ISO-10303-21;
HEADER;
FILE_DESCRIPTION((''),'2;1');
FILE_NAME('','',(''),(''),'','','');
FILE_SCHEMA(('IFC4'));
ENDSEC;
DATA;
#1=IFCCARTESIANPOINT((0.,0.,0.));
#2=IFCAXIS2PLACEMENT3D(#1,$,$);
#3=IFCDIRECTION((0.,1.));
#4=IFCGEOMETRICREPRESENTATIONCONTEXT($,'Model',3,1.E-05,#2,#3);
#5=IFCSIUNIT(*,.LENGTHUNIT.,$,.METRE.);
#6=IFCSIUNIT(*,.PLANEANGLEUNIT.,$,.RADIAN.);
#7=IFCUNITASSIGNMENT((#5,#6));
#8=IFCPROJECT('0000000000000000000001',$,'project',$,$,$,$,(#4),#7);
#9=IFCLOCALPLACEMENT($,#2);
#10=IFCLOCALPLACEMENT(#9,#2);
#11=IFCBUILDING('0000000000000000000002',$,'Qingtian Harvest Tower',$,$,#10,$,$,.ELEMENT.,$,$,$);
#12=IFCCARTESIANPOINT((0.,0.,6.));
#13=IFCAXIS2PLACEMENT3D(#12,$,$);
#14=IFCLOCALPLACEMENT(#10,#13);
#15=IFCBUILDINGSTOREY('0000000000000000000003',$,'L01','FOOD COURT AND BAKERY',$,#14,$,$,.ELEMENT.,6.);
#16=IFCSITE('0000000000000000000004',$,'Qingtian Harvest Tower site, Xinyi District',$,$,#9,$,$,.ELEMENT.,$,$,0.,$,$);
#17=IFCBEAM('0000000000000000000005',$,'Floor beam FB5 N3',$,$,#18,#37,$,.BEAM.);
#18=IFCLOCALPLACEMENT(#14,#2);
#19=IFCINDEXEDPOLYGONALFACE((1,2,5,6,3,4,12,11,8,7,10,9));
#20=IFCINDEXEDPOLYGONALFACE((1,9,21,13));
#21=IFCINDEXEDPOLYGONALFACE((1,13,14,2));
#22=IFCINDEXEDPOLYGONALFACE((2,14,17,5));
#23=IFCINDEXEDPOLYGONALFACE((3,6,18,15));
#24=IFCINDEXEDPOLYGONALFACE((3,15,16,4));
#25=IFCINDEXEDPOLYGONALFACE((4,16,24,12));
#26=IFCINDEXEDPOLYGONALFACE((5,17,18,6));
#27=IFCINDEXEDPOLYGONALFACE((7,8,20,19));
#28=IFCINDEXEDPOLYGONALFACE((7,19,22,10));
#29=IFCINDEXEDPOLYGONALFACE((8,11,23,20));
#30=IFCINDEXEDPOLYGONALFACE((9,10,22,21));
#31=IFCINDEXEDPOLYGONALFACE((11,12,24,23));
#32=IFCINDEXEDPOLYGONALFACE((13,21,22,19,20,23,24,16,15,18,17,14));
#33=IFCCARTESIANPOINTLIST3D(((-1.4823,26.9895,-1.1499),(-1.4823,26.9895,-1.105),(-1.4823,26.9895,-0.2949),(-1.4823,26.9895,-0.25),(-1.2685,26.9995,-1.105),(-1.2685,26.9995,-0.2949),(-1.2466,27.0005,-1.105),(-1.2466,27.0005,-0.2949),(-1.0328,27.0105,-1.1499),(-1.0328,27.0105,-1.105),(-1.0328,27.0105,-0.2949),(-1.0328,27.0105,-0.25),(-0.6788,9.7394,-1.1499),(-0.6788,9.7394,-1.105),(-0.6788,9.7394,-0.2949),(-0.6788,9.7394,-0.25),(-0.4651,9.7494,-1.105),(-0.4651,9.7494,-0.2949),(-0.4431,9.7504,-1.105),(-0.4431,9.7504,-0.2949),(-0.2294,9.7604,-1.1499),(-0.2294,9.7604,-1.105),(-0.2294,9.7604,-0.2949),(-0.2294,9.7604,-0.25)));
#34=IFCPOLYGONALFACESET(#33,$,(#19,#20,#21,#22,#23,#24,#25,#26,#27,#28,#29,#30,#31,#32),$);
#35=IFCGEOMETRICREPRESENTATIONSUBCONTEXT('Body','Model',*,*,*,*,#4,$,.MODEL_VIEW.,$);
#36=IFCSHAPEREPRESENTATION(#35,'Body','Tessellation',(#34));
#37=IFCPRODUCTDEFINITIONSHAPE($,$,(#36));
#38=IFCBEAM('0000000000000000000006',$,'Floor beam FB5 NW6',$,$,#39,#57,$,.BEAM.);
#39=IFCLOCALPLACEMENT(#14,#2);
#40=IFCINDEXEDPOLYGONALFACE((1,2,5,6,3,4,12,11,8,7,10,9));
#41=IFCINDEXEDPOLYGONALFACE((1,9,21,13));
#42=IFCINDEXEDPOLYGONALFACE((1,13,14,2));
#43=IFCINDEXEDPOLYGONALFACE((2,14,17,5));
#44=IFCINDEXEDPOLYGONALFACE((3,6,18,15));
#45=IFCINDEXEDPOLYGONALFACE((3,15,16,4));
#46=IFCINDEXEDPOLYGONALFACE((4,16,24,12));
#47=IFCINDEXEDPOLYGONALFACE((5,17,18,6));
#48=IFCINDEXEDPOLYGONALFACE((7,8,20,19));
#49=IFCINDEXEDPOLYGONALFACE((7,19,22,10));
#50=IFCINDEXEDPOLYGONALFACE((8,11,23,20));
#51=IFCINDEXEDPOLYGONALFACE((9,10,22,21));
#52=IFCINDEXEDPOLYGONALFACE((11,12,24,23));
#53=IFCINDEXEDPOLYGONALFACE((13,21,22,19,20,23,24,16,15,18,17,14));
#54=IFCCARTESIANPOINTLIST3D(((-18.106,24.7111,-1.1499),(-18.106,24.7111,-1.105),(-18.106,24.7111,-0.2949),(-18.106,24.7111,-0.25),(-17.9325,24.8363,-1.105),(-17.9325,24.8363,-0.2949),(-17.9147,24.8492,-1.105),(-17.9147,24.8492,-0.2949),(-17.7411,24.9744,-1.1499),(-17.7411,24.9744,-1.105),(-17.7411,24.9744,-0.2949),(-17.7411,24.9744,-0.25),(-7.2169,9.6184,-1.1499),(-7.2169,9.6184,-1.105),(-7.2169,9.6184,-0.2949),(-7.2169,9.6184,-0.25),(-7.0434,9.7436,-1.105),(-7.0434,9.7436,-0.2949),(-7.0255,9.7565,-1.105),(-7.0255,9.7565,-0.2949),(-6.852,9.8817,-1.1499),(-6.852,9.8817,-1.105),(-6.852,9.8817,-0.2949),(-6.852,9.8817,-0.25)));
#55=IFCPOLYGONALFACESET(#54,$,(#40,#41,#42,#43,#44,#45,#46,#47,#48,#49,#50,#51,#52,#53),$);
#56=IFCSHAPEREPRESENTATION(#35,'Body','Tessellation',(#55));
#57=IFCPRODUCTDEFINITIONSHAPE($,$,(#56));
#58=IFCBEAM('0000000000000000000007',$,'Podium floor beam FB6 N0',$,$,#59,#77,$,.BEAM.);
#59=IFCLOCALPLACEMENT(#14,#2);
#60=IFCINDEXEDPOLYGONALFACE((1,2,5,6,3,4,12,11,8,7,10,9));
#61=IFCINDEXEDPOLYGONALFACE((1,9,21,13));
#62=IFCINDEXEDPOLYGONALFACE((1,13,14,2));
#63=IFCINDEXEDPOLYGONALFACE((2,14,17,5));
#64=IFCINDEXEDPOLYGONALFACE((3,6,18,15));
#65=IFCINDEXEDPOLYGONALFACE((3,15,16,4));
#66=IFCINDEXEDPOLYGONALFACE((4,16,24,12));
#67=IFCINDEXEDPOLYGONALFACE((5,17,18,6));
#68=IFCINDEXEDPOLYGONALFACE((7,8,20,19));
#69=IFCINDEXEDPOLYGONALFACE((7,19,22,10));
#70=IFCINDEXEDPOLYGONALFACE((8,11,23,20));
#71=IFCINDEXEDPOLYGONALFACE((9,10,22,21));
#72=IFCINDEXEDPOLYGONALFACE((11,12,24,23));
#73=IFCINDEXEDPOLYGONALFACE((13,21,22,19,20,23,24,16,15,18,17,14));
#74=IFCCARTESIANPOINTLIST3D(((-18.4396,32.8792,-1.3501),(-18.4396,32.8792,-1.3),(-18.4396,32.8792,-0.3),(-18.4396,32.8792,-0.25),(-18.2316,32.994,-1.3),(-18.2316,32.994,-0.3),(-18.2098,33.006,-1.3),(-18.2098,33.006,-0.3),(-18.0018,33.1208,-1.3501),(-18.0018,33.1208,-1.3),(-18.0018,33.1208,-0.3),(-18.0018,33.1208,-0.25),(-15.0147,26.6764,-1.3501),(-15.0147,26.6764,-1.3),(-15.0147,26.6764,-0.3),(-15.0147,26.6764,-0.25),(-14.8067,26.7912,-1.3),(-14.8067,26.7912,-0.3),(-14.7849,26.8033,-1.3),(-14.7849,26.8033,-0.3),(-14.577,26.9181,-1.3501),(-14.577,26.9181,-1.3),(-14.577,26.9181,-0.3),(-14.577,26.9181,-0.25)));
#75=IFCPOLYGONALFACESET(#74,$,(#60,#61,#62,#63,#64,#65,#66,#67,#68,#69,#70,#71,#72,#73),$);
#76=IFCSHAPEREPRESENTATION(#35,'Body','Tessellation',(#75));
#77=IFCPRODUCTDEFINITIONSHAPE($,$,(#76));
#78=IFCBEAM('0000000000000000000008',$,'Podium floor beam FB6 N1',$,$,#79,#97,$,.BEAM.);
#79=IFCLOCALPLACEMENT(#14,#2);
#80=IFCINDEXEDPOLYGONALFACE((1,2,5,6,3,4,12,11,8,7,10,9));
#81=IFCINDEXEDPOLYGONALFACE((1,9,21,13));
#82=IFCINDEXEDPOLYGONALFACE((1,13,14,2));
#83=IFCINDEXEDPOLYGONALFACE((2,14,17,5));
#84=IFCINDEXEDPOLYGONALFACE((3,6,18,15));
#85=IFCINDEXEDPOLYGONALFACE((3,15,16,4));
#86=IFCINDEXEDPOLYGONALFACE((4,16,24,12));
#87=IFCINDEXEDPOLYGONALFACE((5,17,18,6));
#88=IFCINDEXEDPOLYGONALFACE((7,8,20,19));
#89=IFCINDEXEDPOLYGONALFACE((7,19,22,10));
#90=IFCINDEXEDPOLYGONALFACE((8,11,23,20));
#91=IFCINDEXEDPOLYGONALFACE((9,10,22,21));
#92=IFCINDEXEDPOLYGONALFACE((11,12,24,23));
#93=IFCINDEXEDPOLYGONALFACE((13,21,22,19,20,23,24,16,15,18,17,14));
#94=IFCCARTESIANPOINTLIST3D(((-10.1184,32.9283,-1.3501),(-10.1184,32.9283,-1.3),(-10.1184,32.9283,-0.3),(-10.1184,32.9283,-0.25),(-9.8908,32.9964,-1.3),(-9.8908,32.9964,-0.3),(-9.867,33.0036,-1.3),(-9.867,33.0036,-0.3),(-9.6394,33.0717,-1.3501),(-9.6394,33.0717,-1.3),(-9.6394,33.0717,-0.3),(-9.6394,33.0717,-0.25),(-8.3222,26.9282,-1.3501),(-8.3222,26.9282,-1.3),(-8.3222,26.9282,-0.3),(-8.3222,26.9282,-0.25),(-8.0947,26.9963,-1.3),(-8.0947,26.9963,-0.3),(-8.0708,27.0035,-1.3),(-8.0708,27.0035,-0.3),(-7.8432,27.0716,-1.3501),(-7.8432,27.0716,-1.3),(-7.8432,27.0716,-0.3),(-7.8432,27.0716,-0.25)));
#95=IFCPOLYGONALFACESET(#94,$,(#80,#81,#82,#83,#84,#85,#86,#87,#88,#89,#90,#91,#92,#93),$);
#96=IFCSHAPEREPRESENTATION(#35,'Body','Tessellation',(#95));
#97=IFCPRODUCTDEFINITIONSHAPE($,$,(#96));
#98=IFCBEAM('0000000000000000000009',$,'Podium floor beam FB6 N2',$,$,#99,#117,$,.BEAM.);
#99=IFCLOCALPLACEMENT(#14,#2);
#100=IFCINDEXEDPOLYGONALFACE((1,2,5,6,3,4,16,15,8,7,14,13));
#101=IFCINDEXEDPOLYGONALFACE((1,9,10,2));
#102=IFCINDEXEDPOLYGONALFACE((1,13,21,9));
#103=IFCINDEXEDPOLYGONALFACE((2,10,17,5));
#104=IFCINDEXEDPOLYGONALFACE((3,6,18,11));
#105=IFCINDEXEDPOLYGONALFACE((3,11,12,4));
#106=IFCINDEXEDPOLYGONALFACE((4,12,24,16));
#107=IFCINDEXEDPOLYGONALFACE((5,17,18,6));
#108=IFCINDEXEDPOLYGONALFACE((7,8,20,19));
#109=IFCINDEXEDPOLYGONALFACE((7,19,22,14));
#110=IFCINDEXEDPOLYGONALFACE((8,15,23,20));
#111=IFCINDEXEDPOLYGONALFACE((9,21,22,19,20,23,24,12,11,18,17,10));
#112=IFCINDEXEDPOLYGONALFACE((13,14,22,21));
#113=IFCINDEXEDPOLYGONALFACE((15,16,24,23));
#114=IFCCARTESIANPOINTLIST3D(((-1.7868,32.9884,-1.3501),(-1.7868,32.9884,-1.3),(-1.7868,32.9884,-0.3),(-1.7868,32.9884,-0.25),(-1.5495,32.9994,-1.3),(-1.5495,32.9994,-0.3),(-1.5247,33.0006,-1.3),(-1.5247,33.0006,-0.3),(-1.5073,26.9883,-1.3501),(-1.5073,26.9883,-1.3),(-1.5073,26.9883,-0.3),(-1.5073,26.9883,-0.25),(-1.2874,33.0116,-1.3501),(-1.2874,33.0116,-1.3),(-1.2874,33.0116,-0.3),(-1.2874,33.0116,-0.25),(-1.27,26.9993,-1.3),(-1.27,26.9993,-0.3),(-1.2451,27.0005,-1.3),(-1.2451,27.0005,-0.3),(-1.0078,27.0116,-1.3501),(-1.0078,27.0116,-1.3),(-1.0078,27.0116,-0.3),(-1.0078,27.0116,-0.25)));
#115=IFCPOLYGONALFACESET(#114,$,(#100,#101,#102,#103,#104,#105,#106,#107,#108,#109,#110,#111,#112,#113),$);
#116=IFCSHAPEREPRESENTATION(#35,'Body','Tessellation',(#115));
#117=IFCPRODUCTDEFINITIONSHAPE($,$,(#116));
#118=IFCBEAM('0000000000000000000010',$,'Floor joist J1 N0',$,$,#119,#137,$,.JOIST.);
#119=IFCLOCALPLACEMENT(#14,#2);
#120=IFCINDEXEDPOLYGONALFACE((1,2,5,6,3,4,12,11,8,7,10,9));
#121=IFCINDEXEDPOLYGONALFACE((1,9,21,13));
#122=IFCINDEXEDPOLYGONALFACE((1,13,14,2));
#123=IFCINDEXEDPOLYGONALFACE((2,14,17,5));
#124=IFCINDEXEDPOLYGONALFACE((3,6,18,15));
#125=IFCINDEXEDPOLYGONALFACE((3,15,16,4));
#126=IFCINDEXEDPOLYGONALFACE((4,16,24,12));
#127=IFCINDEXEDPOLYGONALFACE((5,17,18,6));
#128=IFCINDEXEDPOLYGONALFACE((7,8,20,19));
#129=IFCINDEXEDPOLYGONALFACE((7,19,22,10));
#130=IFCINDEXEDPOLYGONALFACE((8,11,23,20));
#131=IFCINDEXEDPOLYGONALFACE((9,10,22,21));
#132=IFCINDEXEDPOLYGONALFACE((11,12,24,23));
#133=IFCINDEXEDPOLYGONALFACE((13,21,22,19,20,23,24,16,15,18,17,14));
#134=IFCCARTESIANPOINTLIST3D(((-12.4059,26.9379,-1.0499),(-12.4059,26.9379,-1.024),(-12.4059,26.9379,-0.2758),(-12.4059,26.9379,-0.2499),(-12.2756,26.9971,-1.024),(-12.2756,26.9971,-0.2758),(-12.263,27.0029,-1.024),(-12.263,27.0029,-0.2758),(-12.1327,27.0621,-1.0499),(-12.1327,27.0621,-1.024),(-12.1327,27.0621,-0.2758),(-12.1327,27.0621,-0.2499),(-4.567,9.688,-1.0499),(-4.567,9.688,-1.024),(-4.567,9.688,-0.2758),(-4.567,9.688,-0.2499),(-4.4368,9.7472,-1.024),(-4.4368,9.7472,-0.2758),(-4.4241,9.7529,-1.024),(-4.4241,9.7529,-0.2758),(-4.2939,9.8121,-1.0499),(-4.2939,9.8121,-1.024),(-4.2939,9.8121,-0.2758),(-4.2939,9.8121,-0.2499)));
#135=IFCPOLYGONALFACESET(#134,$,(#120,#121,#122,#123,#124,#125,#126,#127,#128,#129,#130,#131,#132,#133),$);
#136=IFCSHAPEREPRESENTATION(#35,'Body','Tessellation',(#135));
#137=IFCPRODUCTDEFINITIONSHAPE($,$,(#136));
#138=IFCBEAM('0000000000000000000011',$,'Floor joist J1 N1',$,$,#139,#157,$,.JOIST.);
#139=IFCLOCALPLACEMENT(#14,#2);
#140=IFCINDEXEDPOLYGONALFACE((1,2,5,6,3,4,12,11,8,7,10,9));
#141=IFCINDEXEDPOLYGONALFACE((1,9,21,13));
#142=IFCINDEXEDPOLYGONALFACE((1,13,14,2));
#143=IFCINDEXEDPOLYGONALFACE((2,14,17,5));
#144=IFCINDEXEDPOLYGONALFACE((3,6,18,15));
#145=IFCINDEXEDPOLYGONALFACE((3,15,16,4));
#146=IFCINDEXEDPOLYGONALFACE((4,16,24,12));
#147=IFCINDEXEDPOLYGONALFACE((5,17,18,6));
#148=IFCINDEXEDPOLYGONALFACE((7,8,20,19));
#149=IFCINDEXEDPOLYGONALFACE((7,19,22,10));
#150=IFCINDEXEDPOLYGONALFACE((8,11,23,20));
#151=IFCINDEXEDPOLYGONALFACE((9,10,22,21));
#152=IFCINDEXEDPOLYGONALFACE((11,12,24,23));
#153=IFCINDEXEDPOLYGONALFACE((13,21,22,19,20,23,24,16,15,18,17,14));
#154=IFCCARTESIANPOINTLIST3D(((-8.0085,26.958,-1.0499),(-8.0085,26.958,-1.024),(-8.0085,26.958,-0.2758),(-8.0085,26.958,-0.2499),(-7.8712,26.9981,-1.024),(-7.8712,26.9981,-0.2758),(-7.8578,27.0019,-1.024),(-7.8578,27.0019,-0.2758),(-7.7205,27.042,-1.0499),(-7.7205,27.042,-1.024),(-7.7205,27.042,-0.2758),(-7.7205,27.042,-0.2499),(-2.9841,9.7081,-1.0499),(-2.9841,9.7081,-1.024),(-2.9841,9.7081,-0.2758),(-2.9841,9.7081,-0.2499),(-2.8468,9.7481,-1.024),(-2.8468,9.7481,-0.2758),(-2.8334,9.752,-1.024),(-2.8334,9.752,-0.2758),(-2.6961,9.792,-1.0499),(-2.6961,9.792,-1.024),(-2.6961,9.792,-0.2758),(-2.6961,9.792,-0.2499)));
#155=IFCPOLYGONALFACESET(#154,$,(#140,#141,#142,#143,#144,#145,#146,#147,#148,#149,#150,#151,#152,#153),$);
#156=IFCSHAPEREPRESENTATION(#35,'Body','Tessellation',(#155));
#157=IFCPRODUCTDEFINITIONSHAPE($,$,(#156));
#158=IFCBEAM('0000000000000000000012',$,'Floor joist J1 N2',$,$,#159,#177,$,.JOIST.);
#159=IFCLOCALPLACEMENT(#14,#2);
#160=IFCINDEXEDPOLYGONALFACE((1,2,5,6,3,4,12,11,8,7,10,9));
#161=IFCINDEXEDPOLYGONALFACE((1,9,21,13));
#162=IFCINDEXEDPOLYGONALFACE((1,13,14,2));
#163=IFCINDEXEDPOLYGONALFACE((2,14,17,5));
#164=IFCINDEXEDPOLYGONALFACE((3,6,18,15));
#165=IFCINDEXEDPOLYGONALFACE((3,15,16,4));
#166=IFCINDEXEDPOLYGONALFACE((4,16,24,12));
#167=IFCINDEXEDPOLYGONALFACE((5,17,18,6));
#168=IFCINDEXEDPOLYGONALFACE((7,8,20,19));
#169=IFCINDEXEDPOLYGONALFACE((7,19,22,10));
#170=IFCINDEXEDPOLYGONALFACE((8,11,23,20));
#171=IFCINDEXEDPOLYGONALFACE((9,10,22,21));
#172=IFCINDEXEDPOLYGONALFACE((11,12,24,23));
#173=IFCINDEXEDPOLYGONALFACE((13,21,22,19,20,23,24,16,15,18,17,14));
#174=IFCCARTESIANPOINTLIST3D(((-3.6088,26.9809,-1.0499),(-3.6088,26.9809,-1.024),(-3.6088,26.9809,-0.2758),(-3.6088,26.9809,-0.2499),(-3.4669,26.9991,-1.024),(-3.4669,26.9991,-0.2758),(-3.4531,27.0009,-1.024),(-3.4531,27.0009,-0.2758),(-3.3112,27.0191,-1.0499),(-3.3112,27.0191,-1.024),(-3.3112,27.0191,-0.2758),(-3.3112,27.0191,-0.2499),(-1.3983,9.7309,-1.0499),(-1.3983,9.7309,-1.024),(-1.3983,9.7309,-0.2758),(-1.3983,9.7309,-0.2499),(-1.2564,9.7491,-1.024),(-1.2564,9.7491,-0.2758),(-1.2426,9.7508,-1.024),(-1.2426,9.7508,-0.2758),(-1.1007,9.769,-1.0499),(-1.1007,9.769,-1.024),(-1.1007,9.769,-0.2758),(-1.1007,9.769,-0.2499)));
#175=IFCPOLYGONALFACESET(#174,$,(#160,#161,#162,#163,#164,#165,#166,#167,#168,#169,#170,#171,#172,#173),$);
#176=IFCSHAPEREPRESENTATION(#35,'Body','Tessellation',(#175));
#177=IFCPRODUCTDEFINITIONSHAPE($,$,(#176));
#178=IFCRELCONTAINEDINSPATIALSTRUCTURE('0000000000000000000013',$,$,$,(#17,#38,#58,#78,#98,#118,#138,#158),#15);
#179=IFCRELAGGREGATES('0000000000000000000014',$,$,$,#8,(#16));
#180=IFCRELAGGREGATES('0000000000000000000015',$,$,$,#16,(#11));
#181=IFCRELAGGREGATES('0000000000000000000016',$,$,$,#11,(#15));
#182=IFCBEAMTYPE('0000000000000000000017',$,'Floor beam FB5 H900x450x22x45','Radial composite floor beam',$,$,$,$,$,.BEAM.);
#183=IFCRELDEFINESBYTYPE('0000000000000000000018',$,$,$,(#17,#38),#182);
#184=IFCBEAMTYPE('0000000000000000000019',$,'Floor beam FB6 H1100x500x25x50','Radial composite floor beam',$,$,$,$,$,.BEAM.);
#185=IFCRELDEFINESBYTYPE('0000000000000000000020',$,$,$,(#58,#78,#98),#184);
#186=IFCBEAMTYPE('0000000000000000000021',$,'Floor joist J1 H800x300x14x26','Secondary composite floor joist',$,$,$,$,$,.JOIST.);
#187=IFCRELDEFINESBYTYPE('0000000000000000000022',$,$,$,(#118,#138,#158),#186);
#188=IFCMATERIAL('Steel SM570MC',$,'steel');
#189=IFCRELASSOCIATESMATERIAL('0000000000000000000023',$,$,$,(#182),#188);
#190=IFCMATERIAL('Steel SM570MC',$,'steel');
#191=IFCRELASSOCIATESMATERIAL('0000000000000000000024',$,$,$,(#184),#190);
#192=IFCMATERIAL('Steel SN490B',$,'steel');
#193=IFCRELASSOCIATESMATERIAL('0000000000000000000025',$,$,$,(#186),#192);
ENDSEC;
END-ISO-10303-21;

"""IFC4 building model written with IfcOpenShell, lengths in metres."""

from ifc_helpers import new_model, si_unit, direction, frame, origin, origin_2d, place, context, subcontext, project, spatial, i_section, extrude, material, material_profile, profile_set, type_object, element, save


model = new_model("IFC4")

# Units and contexts
model_context = context("Model", 3, precision=1e-05, world=origin(), true_north=direction((0.0, 1.0)))
body_context = subcontext(model_context, "Body", "Model", "MODEL_VIEW")
ifc_project = project(units=[si_unit("LENGTHUNIT", "METRE"), si_unit("PLANEANGLEUNIT", "RADIAN")], contexts=[model_context])

# Site, building, storey
site_placement = place(None, origin())
site = spatial("IfcSite", under=ifc_project, at=site_placement, Name="Qingtian Harvest Tower site, Xinyi District", CompositionType="ELEMENT", RefElevation=0.0)
building_placement = place(site_placement, origin())
building = spatial("IfcBuilding", under=site, at=building_placement, Name="Qingtian Harvest Tower", CompositionType="ELEMENT")
storey_placement = place(building_placement, frame((0.0, 0.0, 6.0)))
storey = spatial("IfcBuildingStorey", under=building, at=storey_placement, Name="L01", Description="FOOD COURT AND BAKERY", CompositionType="ELEMENT", Elevation=6.0)

# Beams
ifc_material_1 = material(Name="Steel SM570MC", Category="steel")
ifc_material_profile_1 = material_profile(ifc_material_1, i_section(OverallWidth=0.45, OverallDepth=0.8999, WebThickness=0.022, FlangeThickness=0.0449, at=origin_2d()), Name="H900x450x22x45")
ifc_profile_set_1 = profile_set([ifc_material_profile_1], Name="Steel SM570MC")
beam_type_1 = type_object("IfcBeamType", Name="Floor beam FB5 H900x450x22x45", Description="Radial composite floor beam", PredefinedType="BEAM", material=ifc_profile_set_1)
beam_1_placement = place(storey_placement, frame((-1.2576, 27.0, -0.7), z_axis=(0.046527, -0.998917, 0.0), x_axis=(0.998917, 0.046527, 0.0)))
element("IfcBeam", 1, at=beam_1_placement, inside=storey, type_object=beam_type_1, Name="Floor beam FB5 N3", PredefinedType="BEAM", context=body_context, shape_type="SweptSolid", body=[
    extrude(i_section(OverallWidth=0.45, OverallDepth=0.8999, WebThickness=0.022, FlangeThickness=0.0449, at=origin_2d()), origin(), (0.0, 0.0, 1.0), 17.2688),
])
beam_2_placement = place(storey_placement, frame((-17.9236, 24.8428, -0.7), z_axis=(0.585096, -0.810964, 0.0), x_axis=(0.810964, 0.585096, 0.0)))
element("IfcBeam", 2, at=beam_2_placement, inside=storey, type_object=beam_type_1, Name="Floor beam FB5 NW6", PredefinedType="BEAM", context=body_context, shape_type="SweptSolid", body=[
    extrude(i_section(OverallWidth=0.45, OverallDepth=0.8999, WebThickness=0.022, FlangeThickness=0.0449, at=origin_2d()), origin(), (0.0, 0.0, 1.0), 18.6108),
])
ifc_material_2 = material(Name="Steel SM570MC", Category="steel")
ifc_material_profile_2 = material_profile(ifc_material_2, i_section(OverallWidth=0.5, OverallDepth=1.1001, WebThickness=0.0249, FlangeThickness=0.05, at=origin_2d()), Name="H1100x500x25x50")
ifc_profile_set_2 = profile_set([ifc_material_profile_2], Name="Steel SM570MC")
beam_type_2 = type_object("IfcBeamType", Name="Floor beam FB6 H1100x500x25x50", Description="Radial composite floor beam", PredefinedType="BEAM", material=ifc_profile_set_2)
beam_3_placement = place(storey_placement, frame((-18.2207, 33.0, -0.8), z_axis=(0.483365, -0.875419, 0.0), x_axis=(0.875419, 0.483365, 0.0)))
element("IfcBeam", 3, at=beam_3_placement, inside=storey, type_object=beam_type_2, Name="Podium floor beam FB6 N0", PredefinedType="BEAM", context=body_context, shape_type="SweptSolid", body=[
    extrude(i_section(OverallWidth=0.5, OverallDepth=1.1001, WebThickness=0.0249, FlangeThickness=0.05, at=origin_2d()), origin(), (0.0, 0.0, 1.0), 7.0854),
])
beam_4_placement = place(storey_placement, frame((-9.8789, 33.0, -0.8), z_axis=(0.286783, -0.957996, 0.0), x_axis=(0.957996, 0.286783, 0.0)))
element("IfcBeam", 4, at=beam_4_placement, inside=storey, type_object=beam_type_2, Name="Podium floor beam FB6 N1", PredefinedType="BEAM", context=body_context, shape_type="SweptSolid", body=[
    extrude(i_section(OverallWidth=0.5, OverallDepth=1.1001, WebThickness=0.0249, FlangeThickness=0.05, at=origin_2d()), origin(), (0.0, 0.0, 1.0), 6.2632),
])
beam_5_placement = place(storey_placement, frame((-1.5371, 33.0, -0.8), z_axis=(0.04654, -0.998916, 0.0), x_axis=(0.998916, 0.04654, 0.0)))
element("IfcBeam", 5, at=beam_5_placement, inside=storey, type_object=beam_type_2, Name="Podium floor beam FB6 N2", PredefinedType="BEAM", context=body_context, shape_type="SweptSolid", body=[
    extrude(i_section(OverallWidth=0.5, OverallDepth=1.1001, WebThickness=0.0249, FlangeThickness=0.05, at=origin_2d()), origin(), (0.0, 0.0, 1.0), 6.0066),
])
ifc_material_3 = material(Name="Steel SN490B", Category="steel")
ifc_material_profile_3 = material_profile(ifc_material_3, i_section(OverallWidth=0.3, OverallDepth=0.8, WebThickness=0.0139, FlangeThickness=0.0259, at=origin_2d()), Name="H800x300x14x26")
ifc_profile_set_3 = profile_set([ifc_material_profile_3], Name="Steel SN490B")
beam_type_3 = type_object("IfcBeamType", Name="Floor joist J1 H800x300x14x26", Description="Secondary composite floor joist", PredefinedType="JOIST", material=ifc_profile_set_3)
beam_6_placement = place(storey_placement, frame((-12.2693, 27.0, -0.6499), z_axis=(0.413714, -0.910407, 0.0), x_axis=(0.910407, 0.413714, 0.0)))
element("IfcBeam", 6, at=beam_6_placement, inside=storey, type_object=beam_type_3, Name="Floor joist J1 N0", PredefinedType="JOIST", context=body_context, shape_type="SweptSolid", body=[
    extrude(i_section(OverallWidth=0.3, OverallDepth=0.8, WebThickness=0.0139, FlangeThickness=0.0259, at=origin_2d()), origin(), (0.0, 0.0, 1.0), 18.9475),
])
beam_7_placement = place(storey_placement, frame((-7.8645, 27.0, -0.6499), z_axis=(0.279649, -0.960102, 0.0), x_axis=(0.960102, 0.279649, 0.0)))
element("IfcBeam", 7, at=beam_7_placement, inside=storey, type_object=beam_type_3, Name="Floor joist J1 N1", PredefinedType="JOIST", context=body_context, shape_type="SweptSolid", body=[
    extrude(i_section(OverallWidth=0.3, OverallDepth=0.8, WebThickness=0.0139, FlangeThickness=0.0259, at=origin_2d()), origin(), (0.0, 0.0, 1.0), 17.9668),
])
beam_8_placement = place(storey_placement, frame((-3.46, 27.0, -0.6499), z_axis=(0.127103, -0.99189, 0.0), x_axis=(0.99189, 0.127103, 0.0)))
element("IfcBeam", 8, at=beam_8_placement, inside=storey, type_object=beam_type_3, Name="Floor joist J1 N2", PredefinedType="JOIST", context=body_context, shape_type="SweptSolid", body=[
    extrude(i_section(OverallWidth=0.3, OverallDepth=0.8, WebThickness=0.0139, FlangeThickness=0.0259, at=origin_2d()), origin(), (0.0, 0.0, 1.0), 17.3911),
])

save(model, "model.ifc")
